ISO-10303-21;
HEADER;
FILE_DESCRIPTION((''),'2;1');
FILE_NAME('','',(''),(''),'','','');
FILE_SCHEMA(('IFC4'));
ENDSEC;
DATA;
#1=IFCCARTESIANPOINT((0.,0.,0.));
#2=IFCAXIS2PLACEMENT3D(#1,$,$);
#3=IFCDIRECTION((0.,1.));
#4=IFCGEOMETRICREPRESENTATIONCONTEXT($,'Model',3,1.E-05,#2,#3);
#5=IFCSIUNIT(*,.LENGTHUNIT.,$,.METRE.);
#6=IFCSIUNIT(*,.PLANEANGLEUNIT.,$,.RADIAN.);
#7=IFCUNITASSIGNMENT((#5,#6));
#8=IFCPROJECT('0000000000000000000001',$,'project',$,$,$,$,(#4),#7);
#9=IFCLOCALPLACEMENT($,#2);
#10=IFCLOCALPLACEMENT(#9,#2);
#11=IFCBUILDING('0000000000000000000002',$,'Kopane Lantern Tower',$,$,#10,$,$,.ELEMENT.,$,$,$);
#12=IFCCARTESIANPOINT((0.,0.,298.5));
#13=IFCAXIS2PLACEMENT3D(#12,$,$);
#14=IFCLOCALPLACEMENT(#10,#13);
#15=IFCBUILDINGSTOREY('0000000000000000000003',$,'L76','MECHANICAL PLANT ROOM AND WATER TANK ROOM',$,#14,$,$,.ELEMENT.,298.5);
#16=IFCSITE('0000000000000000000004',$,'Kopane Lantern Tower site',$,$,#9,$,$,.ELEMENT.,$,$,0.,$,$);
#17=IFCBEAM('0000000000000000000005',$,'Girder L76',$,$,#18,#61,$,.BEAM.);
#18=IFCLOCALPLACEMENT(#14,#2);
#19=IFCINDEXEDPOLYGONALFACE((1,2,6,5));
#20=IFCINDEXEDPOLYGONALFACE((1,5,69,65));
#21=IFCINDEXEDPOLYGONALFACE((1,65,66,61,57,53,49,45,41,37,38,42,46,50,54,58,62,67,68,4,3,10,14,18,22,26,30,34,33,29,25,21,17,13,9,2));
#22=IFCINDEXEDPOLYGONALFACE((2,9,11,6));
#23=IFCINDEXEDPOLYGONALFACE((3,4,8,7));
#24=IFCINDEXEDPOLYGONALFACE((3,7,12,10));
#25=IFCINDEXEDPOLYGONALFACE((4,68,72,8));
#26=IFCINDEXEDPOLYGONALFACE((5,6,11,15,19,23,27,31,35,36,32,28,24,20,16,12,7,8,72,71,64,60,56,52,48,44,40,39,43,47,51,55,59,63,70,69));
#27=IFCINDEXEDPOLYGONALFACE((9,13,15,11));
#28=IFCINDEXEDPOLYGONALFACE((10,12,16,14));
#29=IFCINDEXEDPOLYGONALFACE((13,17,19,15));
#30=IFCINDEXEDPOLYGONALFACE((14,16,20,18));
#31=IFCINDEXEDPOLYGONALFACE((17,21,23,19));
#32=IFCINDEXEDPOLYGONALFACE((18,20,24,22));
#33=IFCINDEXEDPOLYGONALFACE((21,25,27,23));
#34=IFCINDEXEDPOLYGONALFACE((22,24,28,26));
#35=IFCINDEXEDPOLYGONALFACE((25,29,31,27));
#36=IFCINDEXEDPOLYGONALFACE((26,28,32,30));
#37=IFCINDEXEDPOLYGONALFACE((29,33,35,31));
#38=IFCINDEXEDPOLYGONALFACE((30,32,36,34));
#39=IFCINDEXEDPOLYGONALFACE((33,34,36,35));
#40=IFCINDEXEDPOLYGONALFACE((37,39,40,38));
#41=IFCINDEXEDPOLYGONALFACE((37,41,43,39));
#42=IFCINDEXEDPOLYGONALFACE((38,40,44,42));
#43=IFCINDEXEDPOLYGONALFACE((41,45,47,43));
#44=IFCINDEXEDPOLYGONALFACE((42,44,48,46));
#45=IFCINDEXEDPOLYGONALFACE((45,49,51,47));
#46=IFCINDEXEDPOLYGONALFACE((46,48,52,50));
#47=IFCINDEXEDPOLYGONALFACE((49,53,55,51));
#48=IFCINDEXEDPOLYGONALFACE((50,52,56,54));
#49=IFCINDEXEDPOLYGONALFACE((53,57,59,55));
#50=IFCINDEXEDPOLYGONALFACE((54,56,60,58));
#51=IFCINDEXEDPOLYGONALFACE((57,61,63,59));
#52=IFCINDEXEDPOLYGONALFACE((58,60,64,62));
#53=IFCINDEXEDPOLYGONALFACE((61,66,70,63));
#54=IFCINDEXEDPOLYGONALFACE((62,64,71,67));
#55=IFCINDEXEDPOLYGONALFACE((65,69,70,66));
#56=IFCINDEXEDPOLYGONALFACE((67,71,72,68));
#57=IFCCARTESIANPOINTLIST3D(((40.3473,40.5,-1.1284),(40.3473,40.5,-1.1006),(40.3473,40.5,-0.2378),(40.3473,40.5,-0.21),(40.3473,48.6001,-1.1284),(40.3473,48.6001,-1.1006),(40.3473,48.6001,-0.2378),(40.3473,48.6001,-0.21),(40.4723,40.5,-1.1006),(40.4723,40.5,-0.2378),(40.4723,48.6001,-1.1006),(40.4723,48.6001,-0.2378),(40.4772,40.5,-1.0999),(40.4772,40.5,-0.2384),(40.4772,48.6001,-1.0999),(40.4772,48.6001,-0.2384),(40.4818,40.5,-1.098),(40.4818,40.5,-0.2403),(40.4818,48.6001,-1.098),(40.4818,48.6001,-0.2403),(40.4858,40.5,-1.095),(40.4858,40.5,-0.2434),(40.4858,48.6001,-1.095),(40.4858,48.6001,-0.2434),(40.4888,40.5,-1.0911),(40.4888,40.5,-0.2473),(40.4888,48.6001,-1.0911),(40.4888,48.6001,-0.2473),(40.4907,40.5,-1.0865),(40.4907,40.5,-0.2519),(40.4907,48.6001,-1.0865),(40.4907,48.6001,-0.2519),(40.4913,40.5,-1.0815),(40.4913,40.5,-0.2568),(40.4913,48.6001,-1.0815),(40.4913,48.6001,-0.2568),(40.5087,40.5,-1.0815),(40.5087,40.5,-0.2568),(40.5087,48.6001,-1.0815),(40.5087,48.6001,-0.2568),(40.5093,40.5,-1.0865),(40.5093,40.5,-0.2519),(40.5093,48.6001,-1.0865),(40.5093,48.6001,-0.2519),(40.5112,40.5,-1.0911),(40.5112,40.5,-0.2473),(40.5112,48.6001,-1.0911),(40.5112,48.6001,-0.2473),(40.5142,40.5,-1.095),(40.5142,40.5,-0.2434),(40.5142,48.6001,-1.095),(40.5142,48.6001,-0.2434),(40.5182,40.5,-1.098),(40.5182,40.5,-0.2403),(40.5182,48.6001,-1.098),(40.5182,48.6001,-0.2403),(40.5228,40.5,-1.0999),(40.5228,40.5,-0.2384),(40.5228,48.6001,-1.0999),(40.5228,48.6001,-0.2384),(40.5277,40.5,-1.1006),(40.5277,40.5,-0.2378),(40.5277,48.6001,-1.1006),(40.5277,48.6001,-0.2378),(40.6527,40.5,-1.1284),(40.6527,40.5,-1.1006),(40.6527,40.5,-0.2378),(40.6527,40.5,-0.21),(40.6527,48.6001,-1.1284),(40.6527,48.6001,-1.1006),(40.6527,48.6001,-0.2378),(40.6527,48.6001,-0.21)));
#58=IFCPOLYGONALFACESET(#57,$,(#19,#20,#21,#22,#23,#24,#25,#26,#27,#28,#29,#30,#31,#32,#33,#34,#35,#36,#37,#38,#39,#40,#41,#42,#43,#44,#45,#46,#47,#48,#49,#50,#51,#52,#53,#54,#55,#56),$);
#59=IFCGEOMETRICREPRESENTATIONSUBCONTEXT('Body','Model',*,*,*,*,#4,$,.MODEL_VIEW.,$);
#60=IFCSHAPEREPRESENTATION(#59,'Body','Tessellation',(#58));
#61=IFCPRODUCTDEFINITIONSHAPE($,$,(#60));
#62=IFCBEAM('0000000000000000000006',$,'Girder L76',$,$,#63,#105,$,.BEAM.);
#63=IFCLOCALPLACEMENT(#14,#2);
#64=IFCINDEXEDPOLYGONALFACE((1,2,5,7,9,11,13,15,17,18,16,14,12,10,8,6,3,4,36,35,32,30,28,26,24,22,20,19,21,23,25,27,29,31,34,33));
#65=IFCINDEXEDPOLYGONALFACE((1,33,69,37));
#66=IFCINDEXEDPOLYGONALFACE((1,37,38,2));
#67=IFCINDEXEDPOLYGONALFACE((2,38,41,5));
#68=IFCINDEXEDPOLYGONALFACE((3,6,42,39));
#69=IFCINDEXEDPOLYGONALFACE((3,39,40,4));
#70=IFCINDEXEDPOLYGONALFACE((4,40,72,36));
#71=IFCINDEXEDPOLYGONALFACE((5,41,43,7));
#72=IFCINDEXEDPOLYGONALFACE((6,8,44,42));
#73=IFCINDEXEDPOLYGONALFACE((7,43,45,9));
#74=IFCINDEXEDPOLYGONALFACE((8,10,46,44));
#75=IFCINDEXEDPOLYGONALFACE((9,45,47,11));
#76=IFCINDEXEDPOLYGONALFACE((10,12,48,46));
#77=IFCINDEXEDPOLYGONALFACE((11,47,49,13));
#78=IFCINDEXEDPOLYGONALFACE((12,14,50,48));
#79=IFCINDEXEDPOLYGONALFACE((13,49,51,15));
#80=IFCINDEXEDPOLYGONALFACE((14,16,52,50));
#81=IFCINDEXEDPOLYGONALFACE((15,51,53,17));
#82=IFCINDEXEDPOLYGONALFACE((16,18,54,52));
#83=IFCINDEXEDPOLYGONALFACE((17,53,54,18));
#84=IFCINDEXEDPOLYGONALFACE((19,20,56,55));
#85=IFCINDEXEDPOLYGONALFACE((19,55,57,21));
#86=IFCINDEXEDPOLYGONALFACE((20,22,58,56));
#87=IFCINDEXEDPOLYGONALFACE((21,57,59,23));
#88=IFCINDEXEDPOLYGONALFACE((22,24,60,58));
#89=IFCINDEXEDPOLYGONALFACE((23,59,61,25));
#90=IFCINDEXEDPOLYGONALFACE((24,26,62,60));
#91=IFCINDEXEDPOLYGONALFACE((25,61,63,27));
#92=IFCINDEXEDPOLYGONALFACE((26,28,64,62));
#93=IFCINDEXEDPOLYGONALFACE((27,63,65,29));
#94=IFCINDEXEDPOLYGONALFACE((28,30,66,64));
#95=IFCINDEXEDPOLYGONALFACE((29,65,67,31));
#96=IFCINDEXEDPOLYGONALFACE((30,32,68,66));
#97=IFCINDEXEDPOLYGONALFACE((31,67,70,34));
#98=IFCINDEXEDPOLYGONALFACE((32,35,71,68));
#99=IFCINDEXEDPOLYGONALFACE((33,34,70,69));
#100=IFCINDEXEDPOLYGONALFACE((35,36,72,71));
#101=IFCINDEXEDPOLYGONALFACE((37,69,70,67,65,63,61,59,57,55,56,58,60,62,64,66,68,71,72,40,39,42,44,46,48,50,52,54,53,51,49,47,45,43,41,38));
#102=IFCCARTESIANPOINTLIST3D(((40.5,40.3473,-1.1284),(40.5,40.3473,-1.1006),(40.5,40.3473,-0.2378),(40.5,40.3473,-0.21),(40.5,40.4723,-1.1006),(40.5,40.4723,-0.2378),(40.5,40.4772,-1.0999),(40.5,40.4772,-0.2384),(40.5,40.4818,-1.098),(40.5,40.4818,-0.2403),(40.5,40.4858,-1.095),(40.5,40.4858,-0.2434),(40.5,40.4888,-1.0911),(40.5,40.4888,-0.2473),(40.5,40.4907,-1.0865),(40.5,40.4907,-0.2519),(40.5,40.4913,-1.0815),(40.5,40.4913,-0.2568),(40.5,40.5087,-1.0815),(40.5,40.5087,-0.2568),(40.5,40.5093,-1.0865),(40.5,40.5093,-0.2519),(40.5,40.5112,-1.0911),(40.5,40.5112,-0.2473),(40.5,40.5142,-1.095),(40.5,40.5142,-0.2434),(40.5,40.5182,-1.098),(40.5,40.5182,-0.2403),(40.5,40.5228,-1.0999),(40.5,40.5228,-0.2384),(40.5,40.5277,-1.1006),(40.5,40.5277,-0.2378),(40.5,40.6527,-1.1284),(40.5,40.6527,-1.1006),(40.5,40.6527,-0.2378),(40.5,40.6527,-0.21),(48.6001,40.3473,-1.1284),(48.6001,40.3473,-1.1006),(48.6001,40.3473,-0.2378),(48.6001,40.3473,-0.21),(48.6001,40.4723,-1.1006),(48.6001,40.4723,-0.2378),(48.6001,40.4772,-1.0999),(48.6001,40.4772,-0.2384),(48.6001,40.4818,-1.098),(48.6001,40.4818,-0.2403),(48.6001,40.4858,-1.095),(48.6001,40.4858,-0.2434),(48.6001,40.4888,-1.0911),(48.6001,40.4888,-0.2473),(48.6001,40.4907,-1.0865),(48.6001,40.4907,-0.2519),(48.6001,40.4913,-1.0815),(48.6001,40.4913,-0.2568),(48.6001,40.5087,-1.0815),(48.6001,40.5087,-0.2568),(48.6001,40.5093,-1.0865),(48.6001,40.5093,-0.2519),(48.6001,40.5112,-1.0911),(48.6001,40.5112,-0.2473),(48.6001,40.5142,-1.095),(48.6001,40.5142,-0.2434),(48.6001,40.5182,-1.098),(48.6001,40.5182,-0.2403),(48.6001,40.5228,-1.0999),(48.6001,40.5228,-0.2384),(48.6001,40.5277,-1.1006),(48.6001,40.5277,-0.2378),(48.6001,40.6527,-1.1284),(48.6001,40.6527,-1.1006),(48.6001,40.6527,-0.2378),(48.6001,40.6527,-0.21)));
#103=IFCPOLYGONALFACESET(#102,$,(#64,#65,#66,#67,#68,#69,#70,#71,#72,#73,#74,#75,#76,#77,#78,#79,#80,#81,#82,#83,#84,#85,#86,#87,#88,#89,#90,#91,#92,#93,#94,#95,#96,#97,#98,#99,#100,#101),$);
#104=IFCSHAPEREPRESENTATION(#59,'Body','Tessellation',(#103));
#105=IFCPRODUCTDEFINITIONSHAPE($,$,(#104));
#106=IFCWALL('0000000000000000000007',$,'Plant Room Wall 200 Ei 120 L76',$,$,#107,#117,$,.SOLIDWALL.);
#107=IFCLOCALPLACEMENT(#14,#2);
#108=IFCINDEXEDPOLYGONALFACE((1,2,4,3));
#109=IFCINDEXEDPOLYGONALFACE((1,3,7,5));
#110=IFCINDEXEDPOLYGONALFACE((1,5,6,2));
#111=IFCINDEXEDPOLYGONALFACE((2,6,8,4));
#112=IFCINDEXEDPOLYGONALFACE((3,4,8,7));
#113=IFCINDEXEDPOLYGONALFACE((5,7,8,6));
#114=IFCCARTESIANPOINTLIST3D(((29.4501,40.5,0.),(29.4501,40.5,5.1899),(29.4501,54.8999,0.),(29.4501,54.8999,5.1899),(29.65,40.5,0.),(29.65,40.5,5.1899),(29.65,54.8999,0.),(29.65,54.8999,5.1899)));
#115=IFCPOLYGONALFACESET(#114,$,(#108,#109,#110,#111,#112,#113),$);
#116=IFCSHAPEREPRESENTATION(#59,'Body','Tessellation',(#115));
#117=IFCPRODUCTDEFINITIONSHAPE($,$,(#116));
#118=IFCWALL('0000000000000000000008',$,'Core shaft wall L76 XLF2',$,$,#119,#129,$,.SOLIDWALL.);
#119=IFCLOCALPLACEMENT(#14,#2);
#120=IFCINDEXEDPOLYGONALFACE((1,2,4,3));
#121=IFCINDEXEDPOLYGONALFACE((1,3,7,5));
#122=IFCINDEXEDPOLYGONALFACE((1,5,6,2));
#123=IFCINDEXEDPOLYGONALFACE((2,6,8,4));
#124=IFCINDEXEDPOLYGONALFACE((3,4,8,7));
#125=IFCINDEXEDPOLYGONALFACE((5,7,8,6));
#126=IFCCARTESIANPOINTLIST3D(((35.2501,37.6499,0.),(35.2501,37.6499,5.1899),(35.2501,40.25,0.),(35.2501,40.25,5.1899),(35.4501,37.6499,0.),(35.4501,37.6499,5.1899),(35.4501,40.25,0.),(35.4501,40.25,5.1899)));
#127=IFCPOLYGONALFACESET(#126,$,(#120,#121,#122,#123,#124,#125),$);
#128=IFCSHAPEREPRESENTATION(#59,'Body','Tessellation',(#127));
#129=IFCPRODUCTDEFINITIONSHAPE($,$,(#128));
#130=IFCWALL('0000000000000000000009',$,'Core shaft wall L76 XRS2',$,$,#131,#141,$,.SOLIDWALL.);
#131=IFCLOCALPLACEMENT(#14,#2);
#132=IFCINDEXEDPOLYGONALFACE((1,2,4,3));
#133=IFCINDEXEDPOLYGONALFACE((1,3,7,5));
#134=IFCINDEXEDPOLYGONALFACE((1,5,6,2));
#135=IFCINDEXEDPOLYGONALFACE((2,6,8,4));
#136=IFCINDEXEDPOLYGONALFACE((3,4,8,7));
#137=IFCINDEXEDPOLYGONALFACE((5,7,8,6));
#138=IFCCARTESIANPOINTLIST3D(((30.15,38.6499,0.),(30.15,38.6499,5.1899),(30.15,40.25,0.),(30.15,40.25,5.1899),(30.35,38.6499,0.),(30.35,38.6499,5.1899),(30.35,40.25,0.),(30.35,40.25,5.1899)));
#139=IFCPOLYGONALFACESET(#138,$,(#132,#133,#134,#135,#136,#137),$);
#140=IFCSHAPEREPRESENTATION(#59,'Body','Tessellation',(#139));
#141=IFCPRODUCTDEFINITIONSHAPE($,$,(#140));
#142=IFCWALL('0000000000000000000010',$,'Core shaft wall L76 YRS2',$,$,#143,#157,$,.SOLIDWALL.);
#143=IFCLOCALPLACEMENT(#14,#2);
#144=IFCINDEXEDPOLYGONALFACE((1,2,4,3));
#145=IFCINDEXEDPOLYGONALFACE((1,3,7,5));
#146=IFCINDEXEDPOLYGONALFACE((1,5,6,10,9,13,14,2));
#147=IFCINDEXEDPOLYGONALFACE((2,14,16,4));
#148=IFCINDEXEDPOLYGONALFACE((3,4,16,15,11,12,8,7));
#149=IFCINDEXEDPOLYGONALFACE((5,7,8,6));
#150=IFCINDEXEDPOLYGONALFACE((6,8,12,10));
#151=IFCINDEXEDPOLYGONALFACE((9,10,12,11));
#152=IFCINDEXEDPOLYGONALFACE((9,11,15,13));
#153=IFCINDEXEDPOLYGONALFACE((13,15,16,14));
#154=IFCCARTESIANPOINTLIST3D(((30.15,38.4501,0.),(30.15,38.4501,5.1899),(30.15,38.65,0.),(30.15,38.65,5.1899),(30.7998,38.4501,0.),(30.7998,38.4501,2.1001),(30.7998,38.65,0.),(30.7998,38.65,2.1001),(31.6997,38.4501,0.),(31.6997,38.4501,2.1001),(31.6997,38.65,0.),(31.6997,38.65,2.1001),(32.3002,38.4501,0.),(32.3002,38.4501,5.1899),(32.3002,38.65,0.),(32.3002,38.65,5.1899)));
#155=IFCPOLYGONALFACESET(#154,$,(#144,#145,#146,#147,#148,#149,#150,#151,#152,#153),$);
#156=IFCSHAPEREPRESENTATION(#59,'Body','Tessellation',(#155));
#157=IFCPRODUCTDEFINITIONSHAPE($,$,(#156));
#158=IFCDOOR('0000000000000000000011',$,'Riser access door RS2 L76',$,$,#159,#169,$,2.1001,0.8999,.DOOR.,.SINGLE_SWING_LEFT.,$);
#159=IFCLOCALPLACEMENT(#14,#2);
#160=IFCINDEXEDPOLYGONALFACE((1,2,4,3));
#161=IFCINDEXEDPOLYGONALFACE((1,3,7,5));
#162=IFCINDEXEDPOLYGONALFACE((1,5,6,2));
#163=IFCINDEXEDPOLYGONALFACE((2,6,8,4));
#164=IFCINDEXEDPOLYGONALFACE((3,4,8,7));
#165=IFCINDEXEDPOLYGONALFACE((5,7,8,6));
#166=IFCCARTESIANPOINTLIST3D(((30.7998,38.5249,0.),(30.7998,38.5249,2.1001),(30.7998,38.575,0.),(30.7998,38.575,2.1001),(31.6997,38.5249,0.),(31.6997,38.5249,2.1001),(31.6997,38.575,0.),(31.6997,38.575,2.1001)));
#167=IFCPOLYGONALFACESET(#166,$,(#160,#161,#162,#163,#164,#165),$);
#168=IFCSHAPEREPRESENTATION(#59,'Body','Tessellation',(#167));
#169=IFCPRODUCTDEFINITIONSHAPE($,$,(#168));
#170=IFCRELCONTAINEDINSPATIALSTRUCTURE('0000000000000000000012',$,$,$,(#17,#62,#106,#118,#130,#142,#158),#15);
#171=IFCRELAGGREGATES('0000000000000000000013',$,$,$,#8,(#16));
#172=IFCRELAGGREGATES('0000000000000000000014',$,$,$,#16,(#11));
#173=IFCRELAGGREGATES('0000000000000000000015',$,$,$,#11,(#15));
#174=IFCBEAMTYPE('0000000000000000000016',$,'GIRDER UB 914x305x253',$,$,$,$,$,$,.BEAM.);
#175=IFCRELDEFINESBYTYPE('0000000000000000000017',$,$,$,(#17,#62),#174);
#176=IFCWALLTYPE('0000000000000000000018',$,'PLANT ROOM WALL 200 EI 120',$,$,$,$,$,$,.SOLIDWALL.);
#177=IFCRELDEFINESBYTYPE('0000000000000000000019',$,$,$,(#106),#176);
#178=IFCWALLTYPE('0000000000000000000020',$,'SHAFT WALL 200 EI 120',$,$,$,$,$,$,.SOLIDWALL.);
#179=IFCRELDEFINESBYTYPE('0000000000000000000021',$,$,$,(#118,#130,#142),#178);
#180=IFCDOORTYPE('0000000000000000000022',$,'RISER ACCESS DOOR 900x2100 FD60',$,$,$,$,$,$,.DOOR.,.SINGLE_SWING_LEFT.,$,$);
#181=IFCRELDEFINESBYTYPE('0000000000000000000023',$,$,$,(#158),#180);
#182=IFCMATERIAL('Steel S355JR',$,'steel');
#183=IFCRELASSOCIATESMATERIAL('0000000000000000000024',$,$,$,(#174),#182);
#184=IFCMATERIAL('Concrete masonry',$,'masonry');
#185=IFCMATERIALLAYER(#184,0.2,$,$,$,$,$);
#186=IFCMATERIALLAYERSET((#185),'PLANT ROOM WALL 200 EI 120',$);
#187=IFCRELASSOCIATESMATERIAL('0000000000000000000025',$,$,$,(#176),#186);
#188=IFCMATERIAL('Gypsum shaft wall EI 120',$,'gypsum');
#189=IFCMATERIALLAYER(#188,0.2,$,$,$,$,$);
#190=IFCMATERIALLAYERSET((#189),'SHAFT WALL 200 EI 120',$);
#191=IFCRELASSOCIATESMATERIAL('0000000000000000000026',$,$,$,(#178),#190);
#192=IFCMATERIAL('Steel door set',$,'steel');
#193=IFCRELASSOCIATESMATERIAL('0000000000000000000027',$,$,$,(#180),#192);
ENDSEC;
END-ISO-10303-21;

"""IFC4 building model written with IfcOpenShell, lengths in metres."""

from ifc_helpers import new_model, si_unit, direction, frame, frame_2d, origin, origin_2d, place, context, subcontext, project, spatial, rectangle, i_section, extrude, material, layer, layer_set, material_profile, profile_set, type_object, element, fill, save


model = new_model("IFC4")

# Units and contexts
model_context = context("Model", 3, precision=1e-05, world=origin(), true_north=direction((0.0, 1.0)))
body_context = subcontext(model_context, "Body", "Model", "MODEL_VIEW")
ifc_project = project(units=[si_unit("LENGTHUNIT", "METRE"), si_unit("PLANEANGLEUNIT", "RADIAN")], contexts=[model_context])

# Site, building, storey
site_placement = place(None, origin())
site = spatial("IfcSite", under=ifc_project, at=site_placement, Name="Kopane Lantern Tower site", CompositionType="ELEMENT", RefElevation=0.0)
building_placement = place(site_placement, origin())
building = spatial("IfcBuilding", under=site, at=building_placement, Name="Kopane Lantern Tower", CompositionType="ELEMENT")
storey_placement = place(building_placement, frame((0.0, 0.0, 298.5)))
storey = spatial("IfcBuildingStorey", under=building, at=storey_placement, Name="L76", Description="MECHANICAL PLANT ROOM AND WATER TANK ROOM", CompositionType="ELEMENT", Elevation=298.5)

# Beams
ifc_material_1 = material(Name="Steel S355JR", Category="steel")
ifc_material_profile_1 = material_profile(ifc_material_1, i_section(OverallWidth=0.3054, OverallDepth=0.9185, WebThickness=0.0173, FlangeThickness=0.0278, FilletRadius=0.019, at=origin_2d()), Name="UB 914x305x253")
ifc_profile_set_1 = profile_set([ifc_material_profile_1], Name="Steel S355JR")
beam_type = type_object("IfcBeamType", Name="GIRDER UB 914x305x253", PredefinedType="BEAM", material=ifc_profile_set_1)
for number, where, z_axis, x_axis, name in (
    (1, (40.5, 40.5, -0.6692), (0.0, 1.0, 0.0), (-1.0, 0.0, 0.0), "Girder L76"),
    (2, (40.5, 40.5, -0.6692), (1.0, 0.0, 0.0), (0.0, 1.0, 0.0), "Girder L76"),
):
    element("IfcBeam", number, at=place(storey_placement, frame(where, z_axis=z_axis, x_axis=x_axis)), inside=storey, type_object=beam_type, Name=name, PredefinedType="BEAM", context=body_context, shape_type="SweptSolid", body=[
        extrude(i_section(OverallWidth=0.3054, OverallDepth=0.9185, WebThickness=0.0173, FlangeThickness=0.0278, FilletRadius=0.019, at=origin_2d()), origin(), (0.0, 0.0, 1.0), 8.1001),
    ])

# Walls
ifc_material_2 = material(Name="Concrete masonry", Category="masonry")
ifc_layer_1 = layer(ifc_material_2, 0.2)
ifc_layer_set_1 = layer_set([ifc_layer_1], Name="PLANT ROOM WALL 200 EI 120")
wall_type_1 = type_object("IfcWallType", Name="PLANT ROOM WALL 200 EI 120", PredefinedType="SOLIDWALL", material=ifc_layer_set_1)
wall_1_placement = place(storey_placement, frame((29.55, 40.5, 0.0), z_axis=(0.0, 0.0, 1.0), x_axis=(0.0, 1.0, 0.0)))
element("IfcWall", 3, at=wall_1_placement, inside=storey, type_object=wall_type_1, Name="Plant Room Wall 200 Ei 120 L76", PredefinedType="SOLIDWALL", context=body_context, shape_type="SweptSolid", body=[
    extrude(rectangle(XDim=14.3999, YDim=0.2, at=frame_2d((7.2, 0.0))), origin(), (0.0, 0.0, 1.0), 5.1899),
])
ifc_material_3 = material(Name="Gypsum shaft wall EI 120", Category="gypsum")
ifc_layer_2 = layer(ifc_material_3, 0.2)
ifc_layer_set_2 = layer_set([ifc_layer_2], Name="SHAFT WALL 200 EI 120")
wall_type_2 = type_object("IfcWallType", Name="SHAFT WALL 200 EI 120", PredefinedType="SOLIDWALL", material=ifc_layer_set_2)
wall_2_placement = place(storey_placement, frame((35.3501, 37.6499, 0.0), z_axis=(0.0, 0.0, 1.0), x_axis=(0.0, 1.0, 0.0)))
element("IfcWall", 4, at=wall_2_placement, inside=storey, type_object=wall_type_2, Name="Core shaft wall L76 XLF2", PredefinedType="SOLIDWALL", context=body_context, shape_type="SweptSolid", body=[
    extrude(rectangle(XDim=2.6001, YDim=0.2, at=frame_2d((1.3, 0.0))), origin(), (0.0, 0.0, 1.0), 5.1899),
])
wall_3_placement = place(storey_placement, frame((30.25, 38.6499, 0.0), z_axis=(0.0, 0.0, 1.0), x_axis=(0.0, 1.0, 0.0)))
element("IfcWall", 5, at=wall_3_placement, inside=storey, type_object=wall_type_2, Name="Core shaft wall L76 XRS2", PredefinedType="SOLIDWALL", context=body_context, shape_type="SweptSolid", body=[
    extrude(rectangle(XDim=1.6001, YDim=0.2, at=frame_2d((0.8, 0.0))), origin(), (0.0, 0.0, 1.0), 5.1899),
])

# Wall, opening, door
wall_4_placement = place(storey_placement, frame((30.1499, 38.55, 0.0), z_axis=(0.0, 0.0, 1.0), x_axis=(1.0, 0.0, 0.0)))
wall_4 = element("IfcWall", 6, at=wall_4_placement, inside=storey, type_object=wall_type_2, Name="Core shaft wall L76 YRS2", PredefinedType="SOLIDWALL", context=body_context, shape_type="SweptSolid", body=[
    extrude(rectangle(XDim=2.1501, YDim=0.2, at=frame_2d((1.0752, 0.0))), origin(), (0.0, 0.0, 1.0), 5.1899),
])
opening_1_placement = place(wall_4_placement, frame((0.6499, 0.0, 0.0)))
opening_1 = element("IfcOpeningElement", 7, at=opening_1_placement, cuts=wall_4, PredefinedType="OPENING", context=body_context, shape_type="SweptSolid", body=[
    extrude(rectangle(XDim=0.8999, YDim=2.1001, at=frame_2d((0.45, 1.05))), frame((0.0, 0.1099, 0.0), z_axis=(0.0, -1.0, 0.0), x_axis=(1.0, 0.0, 0.0)), (0.0, 0.0, 1.0), 0.22),
])
ifc_material_4 = material(Name="Steel door set", Category="steel")
door_type_1 = type_object("IfcDoorType", Name="RISER ACCESS DOOR 900x2100 FD60", OperationType="SINGLE_SWING_LEFT", PredefinedType="DOOR", material=ifc_material_4)
door_1_placement = place(opening_1_placement, origin())
door_1 = element("IfcDoor", 8, at=door_1_placement, inside=storey, type_object=door_type_1, Name="Riser access door RS2 L76", OperationType="SINGLE_SWING_LEFT", OverallHeight=2.1001, OverallWidth=0.8999, PredefinedType="DOOR", context=body_context, shape_type="SweptSolid", body=[
    extrude(rectangle(XDim=0.8999, YDim=2.1001, at=frame_2d((0.45, 1.05))), frame((0.0, 0.0249, 0.0), z_axis=(0.0, -1.0, 0.0), x_axis=(1.0, 0.0, 0.0)), (0.0, 0.0, 1.0), 0.05),
])
fill(opening_1, door_1)

save(model, "model.ifc")
